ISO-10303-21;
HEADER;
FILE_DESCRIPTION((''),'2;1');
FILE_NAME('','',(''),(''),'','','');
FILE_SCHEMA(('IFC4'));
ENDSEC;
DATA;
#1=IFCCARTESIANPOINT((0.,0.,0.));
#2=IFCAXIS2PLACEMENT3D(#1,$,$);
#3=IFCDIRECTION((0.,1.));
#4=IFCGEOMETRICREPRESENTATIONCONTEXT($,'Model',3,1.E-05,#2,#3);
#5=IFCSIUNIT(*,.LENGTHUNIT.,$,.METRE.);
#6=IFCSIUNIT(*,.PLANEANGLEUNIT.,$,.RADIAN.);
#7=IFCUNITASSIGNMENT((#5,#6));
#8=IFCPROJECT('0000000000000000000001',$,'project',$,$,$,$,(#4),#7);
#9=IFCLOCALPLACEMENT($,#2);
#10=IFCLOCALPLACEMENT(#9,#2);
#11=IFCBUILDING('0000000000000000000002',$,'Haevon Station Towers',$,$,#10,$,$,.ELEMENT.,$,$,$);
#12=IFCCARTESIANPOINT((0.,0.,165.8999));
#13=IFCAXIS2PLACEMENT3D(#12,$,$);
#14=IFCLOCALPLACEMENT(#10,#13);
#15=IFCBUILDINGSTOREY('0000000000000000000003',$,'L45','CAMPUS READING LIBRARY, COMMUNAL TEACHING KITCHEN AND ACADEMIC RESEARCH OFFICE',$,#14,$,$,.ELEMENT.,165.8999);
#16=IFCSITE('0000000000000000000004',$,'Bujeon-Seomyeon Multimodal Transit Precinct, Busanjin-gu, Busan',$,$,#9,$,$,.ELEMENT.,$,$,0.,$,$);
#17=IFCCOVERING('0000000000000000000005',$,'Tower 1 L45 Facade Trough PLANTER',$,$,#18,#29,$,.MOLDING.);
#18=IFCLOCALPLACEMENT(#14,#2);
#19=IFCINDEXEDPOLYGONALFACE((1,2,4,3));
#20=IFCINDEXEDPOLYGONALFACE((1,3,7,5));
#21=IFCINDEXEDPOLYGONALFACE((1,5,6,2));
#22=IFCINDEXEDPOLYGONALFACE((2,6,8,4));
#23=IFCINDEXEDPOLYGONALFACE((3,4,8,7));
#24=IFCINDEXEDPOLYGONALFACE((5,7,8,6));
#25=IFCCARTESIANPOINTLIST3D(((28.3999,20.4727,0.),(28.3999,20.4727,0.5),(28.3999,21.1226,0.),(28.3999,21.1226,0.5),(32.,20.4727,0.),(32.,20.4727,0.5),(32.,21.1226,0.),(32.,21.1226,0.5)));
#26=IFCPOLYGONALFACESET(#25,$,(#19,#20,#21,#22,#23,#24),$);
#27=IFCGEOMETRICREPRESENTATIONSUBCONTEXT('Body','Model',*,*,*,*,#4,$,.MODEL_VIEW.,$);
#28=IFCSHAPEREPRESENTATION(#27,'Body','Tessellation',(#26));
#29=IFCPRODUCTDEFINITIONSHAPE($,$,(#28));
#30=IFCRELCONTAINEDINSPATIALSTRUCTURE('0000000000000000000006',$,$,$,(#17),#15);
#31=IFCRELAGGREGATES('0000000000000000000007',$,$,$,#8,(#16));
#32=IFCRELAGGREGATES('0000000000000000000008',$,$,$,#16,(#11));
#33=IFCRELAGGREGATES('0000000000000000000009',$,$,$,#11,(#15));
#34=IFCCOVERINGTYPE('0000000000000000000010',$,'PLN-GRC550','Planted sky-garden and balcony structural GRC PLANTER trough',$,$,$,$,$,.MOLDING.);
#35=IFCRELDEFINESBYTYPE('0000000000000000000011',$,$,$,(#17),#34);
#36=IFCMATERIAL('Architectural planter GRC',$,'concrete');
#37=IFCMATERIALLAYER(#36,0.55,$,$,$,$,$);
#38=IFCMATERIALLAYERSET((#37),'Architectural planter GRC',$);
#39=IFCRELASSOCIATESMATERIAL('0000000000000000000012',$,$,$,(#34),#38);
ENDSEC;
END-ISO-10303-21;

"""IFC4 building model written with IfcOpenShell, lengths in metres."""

from ifc_helpers import new_model, si_unit, direction, frame, origin, origin_2d, place, context, subcontext, project, spatial, rectangle, extrude, material, layer, layer_set, type_object, element, save


model = new_model("IFC4")

# Units and contexts
model_context = context("Model", 3, precision=1e-05, world=origin(), true_north=direction((0.0, 1.0)))
body_context = subcontext(model_context, "Body", "Model", "MODEL_VIEW")
ifc_project = project(units=[si_unit("LENGTHUNIT", "METRE"), si_unit("PLANEANGLEUNIT", "RADIAN")], contexts=[model_context])

# Site, building, storey
site_placement = place(None, origin())
site = spatial("IfcSite", under=ifc_project, at=site_placement, Name="Bujeon-Seomyeon Multimodal Transit Precinct, Busanjin-gu, Busan", CompositionType="ELEMENT", RefElevation=0.0)
building_placement = place(site_placement, origin())
building = spatial("IfcBuilding", under=site, at=building_placement, Name="Haevon Station Towers", CompositionType="ELEMENT")
storey_placement = place(building_placement, frame((0.0, 0.0, 165.8999)))
storey = spatial("IfcBuildingStorey", under=building, at=storey_placement, Name="L45", Description="CAMPUS READING LIBRARY, COMMUNAL TEACHING KITCHEN AND ACADEMIC RESEARCH OFFICE", CompositionType="ELEMENT", Elevation=165.8999)

# Covering
ifc_material_1 = material(Name="Architectural planter GRC", Category="concrete")
ifc_layer_1 = layer(ifc_material_1, 0.55)
ifc_layer_set_1 = layer_set([ifc_layer_1], Name="Architectural planter GRC")
covering_type_1 = type_object("IfcCoveringType", Name="PLN-GRC550", Description="Planted sky-garden and balcony structural GRC PLANTER trough", PredefinedType="MOLDING", material=ifc_layer_set_1)
covering_1_placement = place(storey_placement, frame((30.2, 20.7976, 0.0), z_axis=(0.0, 0.0, 1.0), x_axis=(1.0, 0.0, 0.0)))
element("IfcCovering", 1, at=covering_1_placement, inside=storey, type_object=covering_type_1, Name="Tower 1 L45 Facade Trough PLANTER", PredefinedType="MOLDING", context=body_context, shape_type="SweptSolid", body=[
    extrude(rectangle(XDim=3.6001, YDim=0.6499, at=origin_2d()), origin(), (0.0, 0.0, 1.0), 0.5),
])

save(model, "model.ifc")
